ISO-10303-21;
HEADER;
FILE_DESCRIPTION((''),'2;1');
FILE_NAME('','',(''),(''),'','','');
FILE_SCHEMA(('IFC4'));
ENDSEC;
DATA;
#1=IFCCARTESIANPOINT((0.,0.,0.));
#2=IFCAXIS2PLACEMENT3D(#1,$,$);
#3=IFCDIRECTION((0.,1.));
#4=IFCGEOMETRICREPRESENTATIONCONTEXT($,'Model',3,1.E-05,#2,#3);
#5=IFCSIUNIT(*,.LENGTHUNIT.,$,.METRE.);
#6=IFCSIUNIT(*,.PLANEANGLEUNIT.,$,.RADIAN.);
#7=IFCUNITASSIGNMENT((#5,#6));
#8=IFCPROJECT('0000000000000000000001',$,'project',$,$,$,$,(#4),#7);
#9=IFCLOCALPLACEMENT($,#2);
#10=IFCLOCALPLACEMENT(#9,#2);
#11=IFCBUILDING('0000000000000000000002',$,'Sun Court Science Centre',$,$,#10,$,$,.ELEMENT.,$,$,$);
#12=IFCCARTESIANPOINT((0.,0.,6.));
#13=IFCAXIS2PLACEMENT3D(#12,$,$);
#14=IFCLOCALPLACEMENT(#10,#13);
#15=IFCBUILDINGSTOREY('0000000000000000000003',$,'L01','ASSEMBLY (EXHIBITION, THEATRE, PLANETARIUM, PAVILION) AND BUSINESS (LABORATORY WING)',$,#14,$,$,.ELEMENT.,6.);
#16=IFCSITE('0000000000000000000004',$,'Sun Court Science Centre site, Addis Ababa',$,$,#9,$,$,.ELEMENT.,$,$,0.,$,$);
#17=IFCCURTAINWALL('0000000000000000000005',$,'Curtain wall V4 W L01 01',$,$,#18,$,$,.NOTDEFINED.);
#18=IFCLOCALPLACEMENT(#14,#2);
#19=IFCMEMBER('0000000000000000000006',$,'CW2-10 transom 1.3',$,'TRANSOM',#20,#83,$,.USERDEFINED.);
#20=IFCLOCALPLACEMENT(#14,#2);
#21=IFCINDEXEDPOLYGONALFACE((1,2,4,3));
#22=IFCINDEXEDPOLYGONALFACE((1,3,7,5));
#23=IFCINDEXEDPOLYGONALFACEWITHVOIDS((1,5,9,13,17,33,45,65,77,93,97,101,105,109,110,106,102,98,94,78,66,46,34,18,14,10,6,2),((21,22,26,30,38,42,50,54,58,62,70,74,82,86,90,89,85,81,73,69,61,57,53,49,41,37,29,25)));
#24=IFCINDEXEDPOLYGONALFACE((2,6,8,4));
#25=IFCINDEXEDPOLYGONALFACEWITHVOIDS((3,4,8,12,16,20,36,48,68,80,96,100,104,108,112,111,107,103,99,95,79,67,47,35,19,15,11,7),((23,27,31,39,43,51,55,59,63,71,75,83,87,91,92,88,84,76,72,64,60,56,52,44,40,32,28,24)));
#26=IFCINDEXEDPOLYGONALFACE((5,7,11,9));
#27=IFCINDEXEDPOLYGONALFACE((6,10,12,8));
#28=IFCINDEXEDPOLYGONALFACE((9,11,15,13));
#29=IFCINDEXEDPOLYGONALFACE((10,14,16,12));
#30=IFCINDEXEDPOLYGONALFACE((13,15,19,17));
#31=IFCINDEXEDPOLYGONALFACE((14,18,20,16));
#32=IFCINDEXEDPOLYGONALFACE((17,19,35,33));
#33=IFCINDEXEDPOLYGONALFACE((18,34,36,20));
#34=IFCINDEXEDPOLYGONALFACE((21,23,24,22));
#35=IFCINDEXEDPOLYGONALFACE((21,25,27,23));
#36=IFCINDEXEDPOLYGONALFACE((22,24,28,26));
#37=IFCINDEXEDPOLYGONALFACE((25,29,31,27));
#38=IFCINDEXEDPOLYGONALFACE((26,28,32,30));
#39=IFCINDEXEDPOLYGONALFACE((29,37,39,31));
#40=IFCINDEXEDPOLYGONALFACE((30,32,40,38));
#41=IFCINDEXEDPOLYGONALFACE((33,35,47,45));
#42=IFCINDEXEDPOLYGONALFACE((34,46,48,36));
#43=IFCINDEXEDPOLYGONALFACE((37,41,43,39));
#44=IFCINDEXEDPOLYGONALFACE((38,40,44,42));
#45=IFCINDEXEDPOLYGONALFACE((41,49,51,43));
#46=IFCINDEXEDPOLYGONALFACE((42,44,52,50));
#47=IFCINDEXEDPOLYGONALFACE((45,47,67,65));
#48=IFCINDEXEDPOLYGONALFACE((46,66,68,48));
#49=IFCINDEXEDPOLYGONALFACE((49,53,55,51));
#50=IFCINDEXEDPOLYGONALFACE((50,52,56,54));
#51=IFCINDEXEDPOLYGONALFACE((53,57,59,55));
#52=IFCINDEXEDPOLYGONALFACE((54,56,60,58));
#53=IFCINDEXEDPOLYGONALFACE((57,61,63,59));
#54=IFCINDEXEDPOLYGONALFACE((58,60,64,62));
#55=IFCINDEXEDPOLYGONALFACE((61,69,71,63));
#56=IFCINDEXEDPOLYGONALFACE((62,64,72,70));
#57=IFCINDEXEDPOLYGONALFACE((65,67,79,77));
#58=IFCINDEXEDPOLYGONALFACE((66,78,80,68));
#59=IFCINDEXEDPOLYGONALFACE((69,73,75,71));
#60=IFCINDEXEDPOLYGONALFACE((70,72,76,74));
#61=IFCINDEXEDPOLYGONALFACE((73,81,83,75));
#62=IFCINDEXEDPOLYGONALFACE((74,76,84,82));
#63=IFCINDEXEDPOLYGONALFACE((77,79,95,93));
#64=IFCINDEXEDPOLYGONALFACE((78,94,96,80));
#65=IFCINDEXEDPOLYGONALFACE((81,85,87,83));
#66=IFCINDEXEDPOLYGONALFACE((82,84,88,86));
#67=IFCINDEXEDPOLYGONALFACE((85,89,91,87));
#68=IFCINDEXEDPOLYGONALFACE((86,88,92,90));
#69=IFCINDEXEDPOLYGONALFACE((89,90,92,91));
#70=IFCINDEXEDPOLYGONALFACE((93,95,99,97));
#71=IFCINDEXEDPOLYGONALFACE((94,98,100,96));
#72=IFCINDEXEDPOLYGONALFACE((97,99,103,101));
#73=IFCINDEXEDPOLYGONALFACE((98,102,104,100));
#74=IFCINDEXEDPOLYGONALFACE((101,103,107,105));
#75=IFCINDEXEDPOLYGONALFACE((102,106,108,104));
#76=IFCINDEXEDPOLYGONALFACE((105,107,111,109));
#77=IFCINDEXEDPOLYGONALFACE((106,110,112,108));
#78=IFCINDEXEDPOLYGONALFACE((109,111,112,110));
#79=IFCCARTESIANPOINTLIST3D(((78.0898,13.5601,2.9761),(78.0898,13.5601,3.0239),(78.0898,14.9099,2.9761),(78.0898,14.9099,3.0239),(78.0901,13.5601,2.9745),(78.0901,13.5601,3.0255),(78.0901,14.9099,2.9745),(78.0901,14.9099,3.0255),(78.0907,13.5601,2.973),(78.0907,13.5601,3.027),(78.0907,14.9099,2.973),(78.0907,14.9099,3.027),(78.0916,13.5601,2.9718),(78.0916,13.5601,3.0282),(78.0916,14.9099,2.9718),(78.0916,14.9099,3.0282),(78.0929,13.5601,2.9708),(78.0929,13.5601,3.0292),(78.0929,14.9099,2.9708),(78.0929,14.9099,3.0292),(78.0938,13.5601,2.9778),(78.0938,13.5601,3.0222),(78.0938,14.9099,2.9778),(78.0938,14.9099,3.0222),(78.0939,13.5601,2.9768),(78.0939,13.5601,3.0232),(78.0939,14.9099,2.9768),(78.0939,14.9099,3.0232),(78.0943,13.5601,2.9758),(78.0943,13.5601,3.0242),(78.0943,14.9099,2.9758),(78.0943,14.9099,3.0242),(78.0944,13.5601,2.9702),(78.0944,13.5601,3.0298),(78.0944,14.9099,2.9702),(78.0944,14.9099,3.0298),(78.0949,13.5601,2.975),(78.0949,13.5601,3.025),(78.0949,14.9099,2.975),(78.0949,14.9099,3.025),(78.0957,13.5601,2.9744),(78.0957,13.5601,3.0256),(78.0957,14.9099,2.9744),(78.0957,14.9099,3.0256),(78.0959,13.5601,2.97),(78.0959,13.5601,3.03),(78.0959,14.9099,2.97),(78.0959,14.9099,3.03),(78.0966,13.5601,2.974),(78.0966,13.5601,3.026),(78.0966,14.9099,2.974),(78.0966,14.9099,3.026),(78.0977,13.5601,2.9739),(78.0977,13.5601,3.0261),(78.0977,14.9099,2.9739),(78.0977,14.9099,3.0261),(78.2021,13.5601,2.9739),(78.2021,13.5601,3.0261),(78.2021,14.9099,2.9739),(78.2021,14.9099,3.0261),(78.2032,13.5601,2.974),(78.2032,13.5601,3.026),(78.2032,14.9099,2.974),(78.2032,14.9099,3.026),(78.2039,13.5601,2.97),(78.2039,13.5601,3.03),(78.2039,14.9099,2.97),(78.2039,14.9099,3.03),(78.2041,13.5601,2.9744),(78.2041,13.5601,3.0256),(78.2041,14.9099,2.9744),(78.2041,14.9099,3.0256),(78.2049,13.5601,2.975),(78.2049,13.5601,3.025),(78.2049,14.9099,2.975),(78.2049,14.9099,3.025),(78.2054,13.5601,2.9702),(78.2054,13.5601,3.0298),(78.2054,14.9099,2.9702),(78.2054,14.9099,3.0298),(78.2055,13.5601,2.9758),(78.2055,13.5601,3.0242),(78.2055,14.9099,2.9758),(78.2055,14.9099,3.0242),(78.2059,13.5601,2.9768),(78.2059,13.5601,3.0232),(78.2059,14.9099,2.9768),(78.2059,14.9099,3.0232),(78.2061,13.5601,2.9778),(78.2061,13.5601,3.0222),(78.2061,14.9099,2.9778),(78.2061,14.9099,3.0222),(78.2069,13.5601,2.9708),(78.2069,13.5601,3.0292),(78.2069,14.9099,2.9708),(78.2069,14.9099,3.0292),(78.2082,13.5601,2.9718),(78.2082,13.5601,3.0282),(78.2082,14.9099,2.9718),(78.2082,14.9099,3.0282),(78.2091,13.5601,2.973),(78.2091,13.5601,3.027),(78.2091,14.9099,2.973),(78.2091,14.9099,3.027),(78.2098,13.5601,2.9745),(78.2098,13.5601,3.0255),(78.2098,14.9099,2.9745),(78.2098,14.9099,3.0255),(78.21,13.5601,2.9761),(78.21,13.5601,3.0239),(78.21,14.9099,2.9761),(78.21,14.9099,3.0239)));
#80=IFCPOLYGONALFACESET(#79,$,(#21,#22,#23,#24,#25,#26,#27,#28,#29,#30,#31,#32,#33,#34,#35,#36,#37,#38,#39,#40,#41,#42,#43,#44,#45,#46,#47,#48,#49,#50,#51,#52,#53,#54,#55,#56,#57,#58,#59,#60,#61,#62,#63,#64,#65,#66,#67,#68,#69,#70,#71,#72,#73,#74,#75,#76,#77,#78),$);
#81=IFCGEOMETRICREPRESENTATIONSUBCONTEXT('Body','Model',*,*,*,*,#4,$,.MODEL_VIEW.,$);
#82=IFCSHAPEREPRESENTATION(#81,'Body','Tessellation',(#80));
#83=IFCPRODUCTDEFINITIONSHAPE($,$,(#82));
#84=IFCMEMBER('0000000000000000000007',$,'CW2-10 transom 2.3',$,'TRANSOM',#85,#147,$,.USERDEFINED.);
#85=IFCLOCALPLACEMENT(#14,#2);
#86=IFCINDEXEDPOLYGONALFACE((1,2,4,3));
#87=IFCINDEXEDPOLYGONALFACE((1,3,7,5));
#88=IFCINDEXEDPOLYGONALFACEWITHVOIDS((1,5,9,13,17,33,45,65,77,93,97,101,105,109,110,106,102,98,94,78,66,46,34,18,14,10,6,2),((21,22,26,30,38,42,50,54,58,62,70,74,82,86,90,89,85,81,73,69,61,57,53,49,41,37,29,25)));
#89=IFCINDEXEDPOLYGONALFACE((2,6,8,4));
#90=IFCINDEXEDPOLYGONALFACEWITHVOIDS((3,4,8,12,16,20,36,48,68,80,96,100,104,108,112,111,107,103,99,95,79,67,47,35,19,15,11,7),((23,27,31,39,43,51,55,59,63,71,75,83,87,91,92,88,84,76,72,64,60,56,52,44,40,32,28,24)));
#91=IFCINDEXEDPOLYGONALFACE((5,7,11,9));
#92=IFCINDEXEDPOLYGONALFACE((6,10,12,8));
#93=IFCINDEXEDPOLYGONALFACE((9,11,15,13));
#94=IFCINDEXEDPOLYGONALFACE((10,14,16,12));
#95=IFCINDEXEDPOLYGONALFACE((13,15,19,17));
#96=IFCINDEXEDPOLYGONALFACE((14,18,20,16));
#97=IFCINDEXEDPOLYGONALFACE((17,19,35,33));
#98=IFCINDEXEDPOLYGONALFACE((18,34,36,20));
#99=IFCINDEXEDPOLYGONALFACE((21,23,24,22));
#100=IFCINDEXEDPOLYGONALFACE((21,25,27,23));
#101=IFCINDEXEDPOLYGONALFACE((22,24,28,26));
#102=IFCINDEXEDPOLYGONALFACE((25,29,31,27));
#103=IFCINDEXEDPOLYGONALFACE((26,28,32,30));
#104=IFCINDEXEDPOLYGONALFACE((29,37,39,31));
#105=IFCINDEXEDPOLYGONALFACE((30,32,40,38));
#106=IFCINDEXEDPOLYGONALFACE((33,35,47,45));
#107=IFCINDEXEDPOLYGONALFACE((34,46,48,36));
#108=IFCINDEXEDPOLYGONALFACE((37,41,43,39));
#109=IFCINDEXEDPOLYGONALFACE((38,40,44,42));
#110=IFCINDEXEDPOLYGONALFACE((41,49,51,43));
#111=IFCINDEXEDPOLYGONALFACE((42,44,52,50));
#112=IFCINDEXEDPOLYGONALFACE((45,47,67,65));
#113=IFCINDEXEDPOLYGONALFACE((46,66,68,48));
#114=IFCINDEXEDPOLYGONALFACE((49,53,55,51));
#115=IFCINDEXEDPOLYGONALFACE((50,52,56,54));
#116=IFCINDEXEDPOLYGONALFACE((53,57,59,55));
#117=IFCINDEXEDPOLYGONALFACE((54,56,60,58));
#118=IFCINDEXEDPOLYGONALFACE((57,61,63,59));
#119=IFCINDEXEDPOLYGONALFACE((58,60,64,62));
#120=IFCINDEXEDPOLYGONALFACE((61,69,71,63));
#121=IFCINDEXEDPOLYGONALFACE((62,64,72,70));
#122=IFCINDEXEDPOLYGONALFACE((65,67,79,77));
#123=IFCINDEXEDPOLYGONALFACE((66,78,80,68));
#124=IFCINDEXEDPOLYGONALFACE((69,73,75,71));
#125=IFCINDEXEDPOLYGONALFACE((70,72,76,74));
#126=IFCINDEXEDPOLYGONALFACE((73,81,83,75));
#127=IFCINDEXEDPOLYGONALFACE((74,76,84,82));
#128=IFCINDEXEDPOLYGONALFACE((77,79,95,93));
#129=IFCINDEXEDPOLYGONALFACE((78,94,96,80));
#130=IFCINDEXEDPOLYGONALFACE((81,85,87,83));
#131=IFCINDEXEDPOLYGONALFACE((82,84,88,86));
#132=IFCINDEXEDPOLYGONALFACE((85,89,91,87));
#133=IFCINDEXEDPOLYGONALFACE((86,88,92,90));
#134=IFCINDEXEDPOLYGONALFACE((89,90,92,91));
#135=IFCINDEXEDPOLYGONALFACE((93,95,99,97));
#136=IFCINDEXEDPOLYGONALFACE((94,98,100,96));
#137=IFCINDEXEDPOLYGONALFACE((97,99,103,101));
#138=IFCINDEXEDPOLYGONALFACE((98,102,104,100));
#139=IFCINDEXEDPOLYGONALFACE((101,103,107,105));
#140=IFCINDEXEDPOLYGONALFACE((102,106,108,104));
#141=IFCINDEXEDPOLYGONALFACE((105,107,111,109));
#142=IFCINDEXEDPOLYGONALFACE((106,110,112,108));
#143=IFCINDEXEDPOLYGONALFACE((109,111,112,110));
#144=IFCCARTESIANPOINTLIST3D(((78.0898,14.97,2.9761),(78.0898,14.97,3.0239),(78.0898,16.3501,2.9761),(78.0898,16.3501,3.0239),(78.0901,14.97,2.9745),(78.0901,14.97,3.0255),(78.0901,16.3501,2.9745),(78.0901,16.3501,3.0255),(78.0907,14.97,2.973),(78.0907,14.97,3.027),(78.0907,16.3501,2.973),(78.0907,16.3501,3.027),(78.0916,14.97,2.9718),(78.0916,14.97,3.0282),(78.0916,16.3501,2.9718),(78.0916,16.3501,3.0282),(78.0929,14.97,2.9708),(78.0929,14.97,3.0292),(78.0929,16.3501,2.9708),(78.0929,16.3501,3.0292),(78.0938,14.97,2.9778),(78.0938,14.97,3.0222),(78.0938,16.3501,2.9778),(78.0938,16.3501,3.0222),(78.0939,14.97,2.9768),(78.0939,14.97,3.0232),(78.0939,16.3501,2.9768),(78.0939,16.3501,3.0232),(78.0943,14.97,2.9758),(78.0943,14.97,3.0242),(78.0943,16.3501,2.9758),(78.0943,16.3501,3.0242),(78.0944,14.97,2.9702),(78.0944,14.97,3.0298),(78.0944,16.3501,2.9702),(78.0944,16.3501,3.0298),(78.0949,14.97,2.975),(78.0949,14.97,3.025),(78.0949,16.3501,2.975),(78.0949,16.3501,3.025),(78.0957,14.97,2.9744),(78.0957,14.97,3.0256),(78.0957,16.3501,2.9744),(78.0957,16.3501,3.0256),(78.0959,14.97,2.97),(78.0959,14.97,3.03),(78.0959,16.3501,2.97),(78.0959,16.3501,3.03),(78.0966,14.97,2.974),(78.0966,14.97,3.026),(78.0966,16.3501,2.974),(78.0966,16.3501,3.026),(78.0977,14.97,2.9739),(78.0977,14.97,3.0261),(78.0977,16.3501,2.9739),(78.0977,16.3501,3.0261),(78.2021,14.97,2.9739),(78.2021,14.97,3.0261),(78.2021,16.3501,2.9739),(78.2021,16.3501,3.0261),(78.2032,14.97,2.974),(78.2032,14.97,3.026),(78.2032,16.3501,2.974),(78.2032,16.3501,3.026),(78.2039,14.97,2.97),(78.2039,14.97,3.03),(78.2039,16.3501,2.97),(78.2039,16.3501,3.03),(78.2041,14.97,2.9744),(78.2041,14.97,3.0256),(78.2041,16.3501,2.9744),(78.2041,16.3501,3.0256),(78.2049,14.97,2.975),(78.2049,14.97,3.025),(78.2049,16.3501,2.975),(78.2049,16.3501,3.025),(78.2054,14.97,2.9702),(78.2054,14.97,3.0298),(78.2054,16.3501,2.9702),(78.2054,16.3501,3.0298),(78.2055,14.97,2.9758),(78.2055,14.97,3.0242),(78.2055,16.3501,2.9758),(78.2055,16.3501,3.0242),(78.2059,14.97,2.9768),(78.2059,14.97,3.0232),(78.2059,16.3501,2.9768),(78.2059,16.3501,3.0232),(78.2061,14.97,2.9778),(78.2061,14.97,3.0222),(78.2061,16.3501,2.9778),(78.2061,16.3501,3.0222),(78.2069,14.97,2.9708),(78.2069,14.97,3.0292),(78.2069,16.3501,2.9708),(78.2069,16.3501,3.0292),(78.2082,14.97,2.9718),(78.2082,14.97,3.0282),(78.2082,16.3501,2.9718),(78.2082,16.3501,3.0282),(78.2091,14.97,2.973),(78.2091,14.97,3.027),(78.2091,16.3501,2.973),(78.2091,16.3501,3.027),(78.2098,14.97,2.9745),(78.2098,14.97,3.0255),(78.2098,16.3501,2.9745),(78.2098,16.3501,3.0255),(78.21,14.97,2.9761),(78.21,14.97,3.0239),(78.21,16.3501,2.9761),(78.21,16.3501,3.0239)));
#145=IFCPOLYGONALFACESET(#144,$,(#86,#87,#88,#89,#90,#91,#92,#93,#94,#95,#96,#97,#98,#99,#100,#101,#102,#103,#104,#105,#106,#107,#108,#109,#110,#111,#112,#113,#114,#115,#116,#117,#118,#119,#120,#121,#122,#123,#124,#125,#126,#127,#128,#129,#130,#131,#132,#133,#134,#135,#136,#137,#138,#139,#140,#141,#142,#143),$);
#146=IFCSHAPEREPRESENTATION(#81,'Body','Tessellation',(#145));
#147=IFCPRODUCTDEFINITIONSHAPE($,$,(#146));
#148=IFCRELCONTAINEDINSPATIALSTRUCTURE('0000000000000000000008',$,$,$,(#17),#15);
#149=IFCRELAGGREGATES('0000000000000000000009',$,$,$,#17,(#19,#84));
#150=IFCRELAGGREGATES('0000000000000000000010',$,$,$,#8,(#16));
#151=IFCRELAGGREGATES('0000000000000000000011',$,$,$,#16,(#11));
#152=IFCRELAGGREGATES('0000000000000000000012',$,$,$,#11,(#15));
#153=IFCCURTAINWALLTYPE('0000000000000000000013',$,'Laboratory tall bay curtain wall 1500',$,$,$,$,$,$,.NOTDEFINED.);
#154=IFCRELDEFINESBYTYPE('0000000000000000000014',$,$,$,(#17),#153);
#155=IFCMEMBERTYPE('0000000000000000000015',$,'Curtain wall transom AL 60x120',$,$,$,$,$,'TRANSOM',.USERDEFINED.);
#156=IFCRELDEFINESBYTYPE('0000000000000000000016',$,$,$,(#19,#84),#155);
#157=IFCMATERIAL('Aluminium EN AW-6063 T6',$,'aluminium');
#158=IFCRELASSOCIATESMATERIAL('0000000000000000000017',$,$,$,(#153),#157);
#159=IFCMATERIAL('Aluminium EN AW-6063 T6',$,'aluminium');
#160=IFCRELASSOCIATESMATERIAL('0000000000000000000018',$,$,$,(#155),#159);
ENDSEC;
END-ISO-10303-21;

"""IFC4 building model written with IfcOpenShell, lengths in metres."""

from ifc_helpers import new_model, si_unit, direction, frame, origin, origin_2d, place, context, subcontext, project, spatial, hollow_rectangle, extrude, material, material_profile, profile_set, type_object, element, aggregate, save


model = new_model("IFC4")

# Units and contexts
model_context = context("Model", 3, precision=1e-05, world=origin(), true_north=direction((0.0, 1.0)))
body_context = subcontext(model_context, "Body", "Model", "MODEL_VIEW")
ifc_project = project(units=[si_unit("LENGTHUNIT", "METRE"), si_unit("PLANEANGLEUNIT", "RADIAN")], contexts=[model_context])

# Site, building, storey
site_placement = place(None, origin())
site = spatial("IfcSite", under=ifc_project, at=site_placement, Name="Sun Court Science Centre site, Addis Ababa", CompositionType="ELEMENT", RefElevation=0.0)
building_placement = place(site_placement, origin())
building = spatial("IfcBuilding", under=site, at=building_placement, Name="Sun Court Science Centre", CompositionType="ELEMENT")
storey_placement = place(building_placement, frame((0.0, 0.0, 6.0)))
storey = spatial("IfcBuildingStorey", under=building, at=storey_placement, Name="L01", Description="ASSEMBLY (EXHIBITION, THEATRE, PLANETARIUM, PAVILION) AND BUSINESS (LABORATORY WING)", CompositionType="ELEMENT", Elevation=6.0)

# Curtain wall, members
ifc_material_1 = material(Name="Aluminium EN AW-6063 T6", Category="aluminium")
curtain_wall_type = type_object("IfcCurtainWallType", Name="Laboratory tall bay curtain wall 1500", PredefinedType="NOTDEFINED", material=ifc_material_1)
curtain_wall_placement = place(storey_placement, origin())
curtain_wall = element("IfcCurtainWall", 1, at=curtain_wall_placement, inside=storey, type_object=curtain_wall_type, Name="Curtain wall V4 W L01 01", PredefinedType="NOTDEFINED")
ifc_material_2 = material(Name="Aluminium EN AW-6063 T6", Category="aluminium")
ifc_material_profile_1 = material_profile(ifc_material_2, hollow_rectangle(XDim=0.0601, YDim=0.1201, WallThickness=0.0039, InnerFilletRadius=0.0039, OuterFilletRadius=0.0061, at=origin_2d()), Name="AL 60x120x4")
ifc_profile_set_1 = profile_set([ifc_material_profile_1], Name="Aluminium EN AW-6063 T6")
member_type_1 = type_object("IfcMemberType", Name="Curtain wall transom AL 60x120", ElementType="TRANSOM", PredefinedType="USERDEFINED", material=ifc_profile_set_1)
member_1_placement = place(storey_placement, frame((78.1499, 13.5601, 3.0), z_axis=(0.0, 1.0, 0.0), x_axis=(0.0, 0.0, 1.0)))
member_1 = element("IfcMember", 2, at=member_1_placement, type_object=member_type_1, Name="CW2-10 transom 1.3", ObjectType="TRANSOM", PredefinedType="USERDEFINED", context=body_context, shape_type="SweptSolid", body=[
    extrude(hollow_rectangle(XDim=0.0601, YDim=0.1201, WallThickness=0.0039, InnerFilletRadius=0.0039, OuterFilletRadius=0.0061, at=origin_2d()), origin(), (0.0, 0.0, 1.0), 1.3499),
])
member_2_placement = place(storey_placement, frame((78.1499, 14.97, 3.0), z_axis=(0.0, 1.0, 0.0), x_axis=(0.0, 0.0, 1.0)))
member_2 = element("IfcMember", 3, at=member_2_placement, type_object=member_type_1, Name="CW2-10 transom 2.3", ObjectType="TRANSOM", PredefinedType="USERDEFINED", context=body_context, shape_type="SweptSolid", body=[
    extrude(hollow_rectangle(XDim=0.0601, YDim=0.1201, WallThickness=0.0039, InnerFilletRadius=0.0039, OuterFilletRadius=0.0061, at=origin_2d()), origin(), (0.0, 0.0, 1.0), 1.3801),
])

aggregate(curtain_wall, [member_1, member_2])

save(model, "model.ifc")
